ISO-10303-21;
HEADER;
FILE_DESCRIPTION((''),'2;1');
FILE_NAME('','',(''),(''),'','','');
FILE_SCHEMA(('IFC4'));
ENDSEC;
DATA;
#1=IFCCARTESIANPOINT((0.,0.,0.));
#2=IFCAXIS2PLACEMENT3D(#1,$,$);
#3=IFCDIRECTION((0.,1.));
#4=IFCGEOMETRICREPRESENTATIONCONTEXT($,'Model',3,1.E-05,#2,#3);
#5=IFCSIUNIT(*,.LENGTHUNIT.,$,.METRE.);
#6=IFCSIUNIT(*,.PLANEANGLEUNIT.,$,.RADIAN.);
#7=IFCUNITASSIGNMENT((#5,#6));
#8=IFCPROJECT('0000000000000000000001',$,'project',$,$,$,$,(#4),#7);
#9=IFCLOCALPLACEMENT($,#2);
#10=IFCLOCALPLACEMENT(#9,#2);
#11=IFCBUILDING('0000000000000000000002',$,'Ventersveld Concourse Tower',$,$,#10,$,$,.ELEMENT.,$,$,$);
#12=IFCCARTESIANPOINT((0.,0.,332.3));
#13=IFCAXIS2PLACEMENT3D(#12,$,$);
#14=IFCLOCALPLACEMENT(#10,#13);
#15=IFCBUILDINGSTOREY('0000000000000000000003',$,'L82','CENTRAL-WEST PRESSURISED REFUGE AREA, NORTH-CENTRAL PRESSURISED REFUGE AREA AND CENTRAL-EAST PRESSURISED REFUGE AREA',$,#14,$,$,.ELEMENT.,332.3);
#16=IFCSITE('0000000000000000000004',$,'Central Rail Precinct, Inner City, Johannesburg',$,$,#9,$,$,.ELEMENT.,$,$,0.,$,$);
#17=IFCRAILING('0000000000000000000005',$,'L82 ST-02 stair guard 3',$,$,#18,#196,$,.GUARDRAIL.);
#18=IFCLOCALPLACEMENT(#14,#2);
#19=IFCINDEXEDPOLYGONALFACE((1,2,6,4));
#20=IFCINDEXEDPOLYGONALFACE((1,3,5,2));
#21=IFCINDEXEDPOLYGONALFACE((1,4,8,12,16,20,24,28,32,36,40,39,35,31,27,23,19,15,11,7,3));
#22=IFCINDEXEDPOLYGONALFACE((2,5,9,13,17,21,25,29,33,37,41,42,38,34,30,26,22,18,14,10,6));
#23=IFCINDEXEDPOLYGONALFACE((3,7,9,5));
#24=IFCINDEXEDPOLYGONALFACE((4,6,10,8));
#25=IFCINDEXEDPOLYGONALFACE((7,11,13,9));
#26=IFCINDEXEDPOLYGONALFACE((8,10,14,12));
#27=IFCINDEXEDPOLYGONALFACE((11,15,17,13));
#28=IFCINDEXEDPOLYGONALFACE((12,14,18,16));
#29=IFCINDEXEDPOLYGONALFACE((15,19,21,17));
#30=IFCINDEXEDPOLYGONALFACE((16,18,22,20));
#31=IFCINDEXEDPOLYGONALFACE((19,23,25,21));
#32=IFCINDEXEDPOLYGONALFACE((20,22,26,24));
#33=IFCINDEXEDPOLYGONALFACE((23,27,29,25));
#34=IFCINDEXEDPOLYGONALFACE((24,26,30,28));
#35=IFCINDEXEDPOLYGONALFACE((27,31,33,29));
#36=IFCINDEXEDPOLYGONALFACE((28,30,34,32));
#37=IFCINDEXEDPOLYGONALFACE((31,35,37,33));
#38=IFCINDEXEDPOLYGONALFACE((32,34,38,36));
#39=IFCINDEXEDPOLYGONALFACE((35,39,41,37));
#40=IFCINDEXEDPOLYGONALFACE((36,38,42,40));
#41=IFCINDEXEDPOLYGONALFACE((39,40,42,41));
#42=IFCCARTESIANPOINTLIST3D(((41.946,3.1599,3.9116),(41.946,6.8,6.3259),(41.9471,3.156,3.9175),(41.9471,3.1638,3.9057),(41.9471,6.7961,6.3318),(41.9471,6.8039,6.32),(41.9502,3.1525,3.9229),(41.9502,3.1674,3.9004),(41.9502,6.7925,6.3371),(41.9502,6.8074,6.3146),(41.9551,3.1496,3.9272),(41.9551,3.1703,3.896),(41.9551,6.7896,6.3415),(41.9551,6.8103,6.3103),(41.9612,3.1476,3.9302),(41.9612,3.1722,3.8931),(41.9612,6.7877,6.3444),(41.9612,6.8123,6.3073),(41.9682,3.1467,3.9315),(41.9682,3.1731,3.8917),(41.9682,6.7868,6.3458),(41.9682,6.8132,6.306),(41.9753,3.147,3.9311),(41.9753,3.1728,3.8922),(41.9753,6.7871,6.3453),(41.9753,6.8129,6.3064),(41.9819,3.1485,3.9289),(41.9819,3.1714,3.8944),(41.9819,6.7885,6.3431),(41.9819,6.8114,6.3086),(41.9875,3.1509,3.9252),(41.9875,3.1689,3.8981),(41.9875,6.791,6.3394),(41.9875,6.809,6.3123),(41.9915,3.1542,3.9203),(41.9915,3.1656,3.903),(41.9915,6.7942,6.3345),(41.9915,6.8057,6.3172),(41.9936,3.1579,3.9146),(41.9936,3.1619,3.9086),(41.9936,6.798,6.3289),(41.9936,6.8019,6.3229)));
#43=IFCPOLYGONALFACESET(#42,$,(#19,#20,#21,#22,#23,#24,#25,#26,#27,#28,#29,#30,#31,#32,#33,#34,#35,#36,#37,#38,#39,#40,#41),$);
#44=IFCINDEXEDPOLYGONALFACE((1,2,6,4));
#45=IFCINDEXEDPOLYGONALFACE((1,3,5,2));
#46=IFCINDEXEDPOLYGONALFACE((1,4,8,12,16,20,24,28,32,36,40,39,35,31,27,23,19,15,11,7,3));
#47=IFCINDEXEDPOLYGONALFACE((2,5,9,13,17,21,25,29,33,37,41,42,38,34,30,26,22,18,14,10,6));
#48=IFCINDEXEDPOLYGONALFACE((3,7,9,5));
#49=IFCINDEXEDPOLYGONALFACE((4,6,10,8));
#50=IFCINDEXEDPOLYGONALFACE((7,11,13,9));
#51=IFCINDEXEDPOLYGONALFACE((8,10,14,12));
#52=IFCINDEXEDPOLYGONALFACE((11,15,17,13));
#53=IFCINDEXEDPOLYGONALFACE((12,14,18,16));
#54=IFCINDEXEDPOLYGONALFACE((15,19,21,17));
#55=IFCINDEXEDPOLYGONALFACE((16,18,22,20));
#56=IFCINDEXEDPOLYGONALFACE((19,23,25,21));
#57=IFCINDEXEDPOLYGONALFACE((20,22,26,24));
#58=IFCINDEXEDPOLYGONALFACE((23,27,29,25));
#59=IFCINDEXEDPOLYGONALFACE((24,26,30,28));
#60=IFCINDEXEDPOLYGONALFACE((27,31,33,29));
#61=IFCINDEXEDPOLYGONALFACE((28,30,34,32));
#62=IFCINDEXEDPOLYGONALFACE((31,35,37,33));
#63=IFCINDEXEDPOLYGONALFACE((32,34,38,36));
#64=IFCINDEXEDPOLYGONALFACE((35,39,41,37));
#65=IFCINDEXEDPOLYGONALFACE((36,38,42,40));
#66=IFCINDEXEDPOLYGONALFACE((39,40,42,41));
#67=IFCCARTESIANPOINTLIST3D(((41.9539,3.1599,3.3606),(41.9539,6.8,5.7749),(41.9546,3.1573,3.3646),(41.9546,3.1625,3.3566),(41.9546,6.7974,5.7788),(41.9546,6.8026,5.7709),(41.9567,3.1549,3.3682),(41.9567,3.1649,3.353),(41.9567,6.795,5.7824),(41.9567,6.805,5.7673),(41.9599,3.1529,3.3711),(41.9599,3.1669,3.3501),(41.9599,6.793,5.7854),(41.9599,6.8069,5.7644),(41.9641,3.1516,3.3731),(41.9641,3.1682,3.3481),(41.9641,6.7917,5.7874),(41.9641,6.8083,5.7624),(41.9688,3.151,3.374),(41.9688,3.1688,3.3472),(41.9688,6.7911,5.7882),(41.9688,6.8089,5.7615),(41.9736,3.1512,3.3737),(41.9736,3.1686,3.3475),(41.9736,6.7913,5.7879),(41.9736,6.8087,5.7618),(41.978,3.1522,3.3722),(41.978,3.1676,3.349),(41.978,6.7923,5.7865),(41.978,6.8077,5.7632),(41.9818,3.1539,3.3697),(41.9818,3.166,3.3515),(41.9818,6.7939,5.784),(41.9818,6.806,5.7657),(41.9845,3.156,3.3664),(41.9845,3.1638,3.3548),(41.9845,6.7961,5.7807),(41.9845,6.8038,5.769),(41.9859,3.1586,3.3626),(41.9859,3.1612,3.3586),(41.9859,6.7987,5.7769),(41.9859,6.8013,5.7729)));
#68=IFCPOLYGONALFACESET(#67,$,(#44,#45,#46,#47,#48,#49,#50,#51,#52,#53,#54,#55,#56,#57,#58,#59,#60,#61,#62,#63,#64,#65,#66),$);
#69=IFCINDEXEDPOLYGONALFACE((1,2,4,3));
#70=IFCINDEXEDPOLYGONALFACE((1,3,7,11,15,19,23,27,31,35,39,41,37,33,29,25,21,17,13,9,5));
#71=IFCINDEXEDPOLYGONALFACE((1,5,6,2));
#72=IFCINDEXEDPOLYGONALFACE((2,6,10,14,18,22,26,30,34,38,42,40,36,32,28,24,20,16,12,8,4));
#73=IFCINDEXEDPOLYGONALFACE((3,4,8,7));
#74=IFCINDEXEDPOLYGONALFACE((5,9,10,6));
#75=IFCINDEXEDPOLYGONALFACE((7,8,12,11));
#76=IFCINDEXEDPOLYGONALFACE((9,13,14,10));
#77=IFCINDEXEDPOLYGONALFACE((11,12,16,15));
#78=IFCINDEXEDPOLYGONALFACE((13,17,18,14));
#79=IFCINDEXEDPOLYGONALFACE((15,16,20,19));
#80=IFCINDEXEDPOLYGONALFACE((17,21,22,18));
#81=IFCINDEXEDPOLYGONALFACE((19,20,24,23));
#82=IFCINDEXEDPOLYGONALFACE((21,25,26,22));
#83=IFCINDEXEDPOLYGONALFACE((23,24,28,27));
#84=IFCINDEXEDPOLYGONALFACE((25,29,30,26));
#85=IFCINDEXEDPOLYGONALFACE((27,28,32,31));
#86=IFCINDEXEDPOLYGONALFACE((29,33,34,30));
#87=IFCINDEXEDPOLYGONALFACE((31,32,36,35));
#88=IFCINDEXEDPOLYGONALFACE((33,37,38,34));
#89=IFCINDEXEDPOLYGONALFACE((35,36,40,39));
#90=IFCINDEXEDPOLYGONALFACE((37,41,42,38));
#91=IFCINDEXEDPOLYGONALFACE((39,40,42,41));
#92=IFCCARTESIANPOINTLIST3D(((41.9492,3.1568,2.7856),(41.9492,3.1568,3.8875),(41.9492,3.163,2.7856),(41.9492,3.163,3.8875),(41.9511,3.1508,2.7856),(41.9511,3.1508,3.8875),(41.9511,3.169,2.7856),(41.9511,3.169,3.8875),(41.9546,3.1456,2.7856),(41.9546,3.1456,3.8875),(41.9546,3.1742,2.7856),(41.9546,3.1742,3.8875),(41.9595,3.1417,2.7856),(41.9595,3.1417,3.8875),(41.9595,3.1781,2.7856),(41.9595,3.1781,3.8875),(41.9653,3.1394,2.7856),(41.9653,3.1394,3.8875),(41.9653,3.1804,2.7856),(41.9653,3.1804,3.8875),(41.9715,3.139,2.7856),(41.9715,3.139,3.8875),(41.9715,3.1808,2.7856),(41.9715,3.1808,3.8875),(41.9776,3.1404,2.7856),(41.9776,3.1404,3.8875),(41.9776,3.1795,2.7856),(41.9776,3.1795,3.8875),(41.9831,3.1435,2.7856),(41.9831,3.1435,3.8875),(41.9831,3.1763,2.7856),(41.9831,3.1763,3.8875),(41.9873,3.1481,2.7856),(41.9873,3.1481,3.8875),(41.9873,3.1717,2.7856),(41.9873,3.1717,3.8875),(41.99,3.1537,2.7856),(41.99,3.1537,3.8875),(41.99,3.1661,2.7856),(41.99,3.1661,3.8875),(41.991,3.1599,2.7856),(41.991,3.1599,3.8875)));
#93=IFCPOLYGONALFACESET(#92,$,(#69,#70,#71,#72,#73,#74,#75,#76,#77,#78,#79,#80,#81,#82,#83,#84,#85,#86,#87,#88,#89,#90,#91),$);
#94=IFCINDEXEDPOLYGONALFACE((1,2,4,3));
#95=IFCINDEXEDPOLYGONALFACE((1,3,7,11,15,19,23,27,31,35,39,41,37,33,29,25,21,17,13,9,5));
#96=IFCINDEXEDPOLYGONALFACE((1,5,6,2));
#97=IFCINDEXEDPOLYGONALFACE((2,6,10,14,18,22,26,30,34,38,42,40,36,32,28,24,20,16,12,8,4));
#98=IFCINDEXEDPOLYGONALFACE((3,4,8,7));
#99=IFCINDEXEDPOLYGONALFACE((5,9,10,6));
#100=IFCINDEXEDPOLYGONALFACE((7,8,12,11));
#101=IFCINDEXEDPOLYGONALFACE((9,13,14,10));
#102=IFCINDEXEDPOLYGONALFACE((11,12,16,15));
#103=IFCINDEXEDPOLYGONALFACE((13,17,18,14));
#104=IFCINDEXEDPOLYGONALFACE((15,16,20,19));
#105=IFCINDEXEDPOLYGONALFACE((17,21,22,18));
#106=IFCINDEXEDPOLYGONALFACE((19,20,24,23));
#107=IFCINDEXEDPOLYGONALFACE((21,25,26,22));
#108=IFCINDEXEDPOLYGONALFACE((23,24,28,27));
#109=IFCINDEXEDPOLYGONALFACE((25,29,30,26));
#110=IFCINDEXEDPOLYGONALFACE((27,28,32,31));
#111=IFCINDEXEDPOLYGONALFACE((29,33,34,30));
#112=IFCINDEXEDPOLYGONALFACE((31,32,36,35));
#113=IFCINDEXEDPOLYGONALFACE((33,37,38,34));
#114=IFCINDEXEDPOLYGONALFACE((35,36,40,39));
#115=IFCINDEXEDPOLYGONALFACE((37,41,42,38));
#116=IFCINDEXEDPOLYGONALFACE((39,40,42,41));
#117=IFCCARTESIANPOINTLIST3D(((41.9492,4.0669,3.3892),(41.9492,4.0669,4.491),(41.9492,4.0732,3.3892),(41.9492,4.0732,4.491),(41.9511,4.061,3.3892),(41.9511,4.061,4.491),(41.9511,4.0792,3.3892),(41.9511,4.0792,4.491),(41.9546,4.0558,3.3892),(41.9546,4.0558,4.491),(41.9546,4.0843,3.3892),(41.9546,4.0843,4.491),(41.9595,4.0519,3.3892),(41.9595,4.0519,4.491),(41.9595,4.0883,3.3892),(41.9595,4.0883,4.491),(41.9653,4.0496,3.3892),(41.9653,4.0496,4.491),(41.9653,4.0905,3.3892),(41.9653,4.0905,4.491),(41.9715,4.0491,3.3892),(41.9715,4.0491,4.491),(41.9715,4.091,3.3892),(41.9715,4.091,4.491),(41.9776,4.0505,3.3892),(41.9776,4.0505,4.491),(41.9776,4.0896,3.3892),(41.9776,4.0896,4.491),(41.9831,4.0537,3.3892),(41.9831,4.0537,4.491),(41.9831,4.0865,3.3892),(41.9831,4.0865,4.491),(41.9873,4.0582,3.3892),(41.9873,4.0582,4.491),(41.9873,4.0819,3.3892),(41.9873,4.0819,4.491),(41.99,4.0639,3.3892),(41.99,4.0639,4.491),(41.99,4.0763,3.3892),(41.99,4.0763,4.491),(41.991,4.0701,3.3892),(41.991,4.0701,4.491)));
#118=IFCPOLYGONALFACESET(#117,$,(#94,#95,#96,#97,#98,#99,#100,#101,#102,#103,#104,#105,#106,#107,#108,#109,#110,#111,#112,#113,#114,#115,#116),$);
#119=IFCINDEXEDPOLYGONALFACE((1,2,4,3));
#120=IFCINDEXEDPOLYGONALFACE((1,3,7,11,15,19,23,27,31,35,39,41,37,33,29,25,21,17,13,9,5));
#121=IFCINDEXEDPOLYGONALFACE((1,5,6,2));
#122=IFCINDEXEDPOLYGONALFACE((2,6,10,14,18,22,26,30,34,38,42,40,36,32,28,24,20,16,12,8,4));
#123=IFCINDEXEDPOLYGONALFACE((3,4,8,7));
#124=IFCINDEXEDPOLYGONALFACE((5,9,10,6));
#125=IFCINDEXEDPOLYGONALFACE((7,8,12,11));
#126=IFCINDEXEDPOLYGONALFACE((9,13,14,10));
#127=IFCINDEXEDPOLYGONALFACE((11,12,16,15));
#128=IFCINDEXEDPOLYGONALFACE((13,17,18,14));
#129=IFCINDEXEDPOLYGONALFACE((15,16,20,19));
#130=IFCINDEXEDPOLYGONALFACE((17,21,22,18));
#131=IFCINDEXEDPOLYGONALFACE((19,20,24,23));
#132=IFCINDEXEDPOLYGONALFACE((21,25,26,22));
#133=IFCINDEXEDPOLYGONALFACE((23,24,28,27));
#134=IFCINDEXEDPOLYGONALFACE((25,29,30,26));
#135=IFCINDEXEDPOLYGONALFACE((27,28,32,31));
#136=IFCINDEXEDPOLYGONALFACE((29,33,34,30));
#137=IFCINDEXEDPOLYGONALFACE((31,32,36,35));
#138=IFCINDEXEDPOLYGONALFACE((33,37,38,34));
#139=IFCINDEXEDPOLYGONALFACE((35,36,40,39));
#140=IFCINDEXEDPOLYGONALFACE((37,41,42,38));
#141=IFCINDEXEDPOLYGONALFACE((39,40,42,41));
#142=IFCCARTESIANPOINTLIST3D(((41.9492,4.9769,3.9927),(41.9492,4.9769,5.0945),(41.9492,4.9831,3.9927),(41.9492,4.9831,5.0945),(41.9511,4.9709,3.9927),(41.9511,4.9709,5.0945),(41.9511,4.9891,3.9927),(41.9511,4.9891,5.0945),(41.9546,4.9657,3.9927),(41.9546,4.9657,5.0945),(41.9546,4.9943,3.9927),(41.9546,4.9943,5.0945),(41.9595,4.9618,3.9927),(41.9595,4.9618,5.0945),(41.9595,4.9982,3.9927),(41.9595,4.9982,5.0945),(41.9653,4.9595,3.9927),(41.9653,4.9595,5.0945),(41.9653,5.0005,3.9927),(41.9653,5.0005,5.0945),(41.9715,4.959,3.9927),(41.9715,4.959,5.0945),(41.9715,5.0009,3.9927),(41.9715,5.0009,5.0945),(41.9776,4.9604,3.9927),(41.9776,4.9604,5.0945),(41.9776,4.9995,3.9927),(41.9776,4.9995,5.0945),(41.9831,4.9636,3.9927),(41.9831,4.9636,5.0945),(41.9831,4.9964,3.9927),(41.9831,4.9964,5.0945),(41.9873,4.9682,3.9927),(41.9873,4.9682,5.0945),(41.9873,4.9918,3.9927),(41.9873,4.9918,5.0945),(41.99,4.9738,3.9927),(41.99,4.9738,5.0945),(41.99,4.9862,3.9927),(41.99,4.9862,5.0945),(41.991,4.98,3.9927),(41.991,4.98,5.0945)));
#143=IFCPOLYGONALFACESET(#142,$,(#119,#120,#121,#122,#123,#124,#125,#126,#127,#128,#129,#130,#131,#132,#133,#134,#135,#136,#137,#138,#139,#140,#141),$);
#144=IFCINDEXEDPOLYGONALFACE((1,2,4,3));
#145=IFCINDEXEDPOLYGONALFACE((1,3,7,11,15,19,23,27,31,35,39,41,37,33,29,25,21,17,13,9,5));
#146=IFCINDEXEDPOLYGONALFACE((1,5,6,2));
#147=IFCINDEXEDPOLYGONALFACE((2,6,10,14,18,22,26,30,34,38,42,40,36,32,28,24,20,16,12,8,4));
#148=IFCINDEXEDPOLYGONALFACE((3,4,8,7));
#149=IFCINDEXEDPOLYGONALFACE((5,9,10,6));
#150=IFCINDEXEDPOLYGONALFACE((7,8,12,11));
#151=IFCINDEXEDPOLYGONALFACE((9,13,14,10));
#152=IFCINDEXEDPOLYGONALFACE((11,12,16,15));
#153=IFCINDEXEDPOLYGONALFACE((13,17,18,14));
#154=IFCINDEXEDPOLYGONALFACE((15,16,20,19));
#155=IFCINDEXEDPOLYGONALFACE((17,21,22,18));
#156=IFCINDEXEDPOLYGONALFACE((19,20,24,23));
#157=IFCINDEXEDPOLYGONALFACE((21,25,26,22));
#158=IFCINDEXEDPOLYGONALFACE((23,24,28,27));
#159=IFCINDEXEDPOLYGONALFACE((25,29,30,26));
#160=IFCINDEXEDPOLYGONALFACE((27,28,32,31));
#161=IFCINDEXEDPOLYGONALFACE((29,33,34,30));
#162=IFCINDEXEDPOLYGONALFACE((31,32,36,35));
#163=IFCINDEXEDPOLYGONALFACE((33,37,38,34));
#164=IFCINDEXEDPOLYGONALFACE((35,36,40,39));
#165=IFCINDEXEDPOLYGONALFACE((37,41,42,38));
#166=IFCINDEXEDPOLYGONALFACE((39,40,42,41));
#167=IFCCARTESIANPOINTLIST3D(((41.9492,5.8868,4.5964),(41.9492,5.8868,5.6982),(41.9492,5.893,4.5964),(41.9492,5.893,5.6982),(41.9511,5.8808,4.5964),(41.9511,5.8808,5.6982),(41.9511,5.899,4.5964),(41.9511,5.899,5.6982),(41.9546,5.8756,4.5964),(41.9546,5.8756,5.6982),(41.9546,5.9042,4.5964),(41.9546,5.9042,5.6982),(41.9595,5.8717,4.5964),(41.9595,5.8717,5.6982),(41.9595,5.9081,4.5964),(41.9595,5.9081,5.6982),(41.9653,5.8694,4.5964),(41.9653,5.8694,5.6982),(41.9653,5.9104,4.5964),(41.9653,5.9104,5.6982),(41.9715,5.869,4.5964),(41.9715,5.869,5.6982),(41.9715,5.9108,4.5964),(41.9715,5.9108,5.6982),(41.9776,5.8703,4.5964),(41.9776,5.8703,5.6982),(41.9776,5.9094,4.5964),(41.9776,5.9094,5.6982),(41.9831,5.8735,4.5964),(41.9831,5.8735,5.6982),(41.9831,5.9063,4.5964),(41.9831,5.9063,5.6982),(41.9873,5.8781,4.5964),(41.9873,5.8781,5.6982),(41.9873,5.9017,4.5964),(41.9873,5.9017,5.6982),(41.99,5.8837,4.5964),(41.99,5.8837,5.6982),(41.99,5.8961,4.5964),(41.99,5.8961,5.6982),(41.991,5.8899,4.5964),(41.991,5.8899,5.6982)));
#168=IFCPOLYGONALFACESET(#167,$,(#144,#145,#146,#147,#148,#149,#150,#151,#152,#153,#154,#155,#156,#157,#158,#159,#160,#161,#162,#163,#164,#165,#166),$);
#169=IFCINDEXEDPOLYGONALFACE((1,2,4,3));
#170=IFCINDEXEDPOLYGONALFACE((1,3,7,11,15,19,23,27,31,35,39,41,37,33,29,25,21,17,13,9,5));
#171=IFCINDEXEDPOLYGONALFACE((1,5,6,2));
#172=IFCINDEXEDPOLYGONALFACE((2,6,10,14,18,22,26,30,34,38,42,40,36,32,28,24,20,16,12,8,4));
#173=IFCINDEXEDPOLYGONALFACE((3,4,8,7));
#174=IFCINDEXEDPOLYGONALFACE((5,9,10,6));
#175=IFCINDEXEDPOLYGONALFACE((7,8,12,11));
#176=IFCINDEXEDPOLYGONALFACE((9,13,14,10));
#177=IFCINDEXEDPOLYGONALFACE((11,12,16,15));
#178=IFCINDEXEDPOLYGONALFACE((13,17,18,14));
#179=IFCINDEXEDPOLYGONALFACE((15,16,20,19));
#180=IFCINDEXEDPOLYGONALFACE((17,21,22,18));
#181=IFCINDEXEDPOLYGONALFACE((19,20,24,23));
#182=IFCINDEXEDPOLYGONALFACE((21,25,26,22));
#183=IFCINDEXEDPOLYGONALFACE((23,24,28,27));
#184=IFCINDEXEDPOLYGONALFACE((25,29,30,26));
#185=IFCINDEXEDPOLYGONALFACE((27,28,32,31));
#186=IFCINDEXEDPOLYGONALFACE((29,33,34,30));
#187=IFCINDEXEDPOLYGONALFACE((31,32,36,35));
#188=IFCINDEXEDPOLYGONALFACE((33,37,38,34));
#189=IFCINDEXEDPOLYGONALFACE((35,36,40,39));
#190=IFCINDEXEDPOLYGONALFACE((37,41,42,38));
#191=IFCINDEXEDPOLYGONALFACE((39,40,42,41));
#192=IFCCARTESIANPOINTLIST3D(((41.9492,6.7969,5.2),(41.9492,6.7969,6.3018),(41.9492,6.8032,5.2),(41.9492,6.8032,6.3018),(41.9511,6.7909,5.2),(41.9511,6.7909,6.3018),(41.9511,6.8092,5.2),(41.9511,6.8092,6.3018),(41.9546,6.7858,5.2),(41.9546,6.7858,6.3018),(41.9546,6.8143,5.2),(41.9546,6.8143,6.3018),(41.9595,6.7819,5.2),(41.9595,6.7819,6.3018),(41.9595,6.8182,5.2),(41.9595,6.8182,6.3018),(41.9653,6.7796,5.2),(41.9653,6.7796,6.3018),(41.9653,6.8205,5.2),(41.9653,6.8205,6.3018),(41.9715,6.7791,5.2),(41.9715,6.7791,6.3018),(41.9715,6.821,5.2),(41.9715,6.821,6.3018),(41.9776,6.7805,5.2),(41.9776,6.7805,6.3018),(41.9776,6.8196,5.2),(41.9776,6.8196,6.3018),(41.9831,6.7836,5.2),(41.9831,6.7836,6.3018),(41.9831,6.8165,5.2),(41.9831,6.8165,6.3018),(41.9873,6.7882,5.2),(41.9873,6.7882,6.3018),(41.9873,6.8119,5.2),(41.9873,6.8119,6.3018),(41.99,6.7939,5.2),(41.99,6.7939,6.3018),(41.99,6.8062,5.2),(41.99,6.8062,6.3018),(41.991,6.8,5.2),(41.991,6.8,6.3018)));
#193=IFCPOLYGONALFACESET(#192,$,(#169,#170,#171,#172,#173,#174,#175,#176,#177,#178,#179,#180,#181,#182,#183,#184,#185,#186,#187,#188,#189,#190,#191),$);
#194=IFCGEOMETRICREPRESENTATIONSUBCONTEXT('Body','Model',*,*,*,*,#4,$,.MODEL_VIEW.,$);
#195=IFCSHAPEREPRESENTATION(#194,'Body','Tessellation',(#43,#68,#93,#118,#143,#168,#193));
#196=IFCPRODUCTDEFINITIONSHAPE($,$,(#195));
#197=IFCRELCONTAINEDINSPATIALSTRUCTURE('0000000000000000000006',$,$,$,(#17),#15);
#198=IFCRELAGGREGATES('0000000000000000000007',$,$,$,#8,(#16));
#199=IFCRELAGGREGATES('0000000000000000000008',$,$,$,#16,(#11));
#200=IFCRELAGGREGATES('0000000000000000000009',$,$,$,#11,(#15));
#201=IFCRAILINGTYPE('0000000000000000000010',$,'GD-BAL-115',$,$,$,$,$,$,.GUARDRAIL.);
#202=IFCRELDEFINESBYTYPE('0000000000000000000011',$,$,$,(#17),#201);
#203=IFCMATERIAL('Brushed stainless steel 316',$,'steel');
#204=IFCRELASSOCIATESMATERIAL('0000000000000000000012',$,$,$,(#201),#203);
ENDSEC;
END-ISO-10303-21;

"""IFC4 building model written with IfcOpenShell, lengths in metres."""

from ifc_helpers import new_model, si_unit, direction, frame, origin, origin_2d, place, context, subcontext, project, spatial, circle, extrude, material, type_object, element, save


model = new_model("IFC4")

# Units and contexts
model_context = context("Model", 3, precision=1e-05, world=origin(), true_north=direction((0.0, 1.0)))
body_context = subcontext(model_context, "Body", "Model", "MODEL_VIEW")
ifc_project = project(units=[si_unit("LENGTHUNIT", "METRE"), si_unit("PLANEANGLEUNIT", "RADIAN")], contexts=[model_context])

# Site, building, storey
site_placement = place(None, origin())
site = spatial("IfcSite", under=ifc_project, at=site_placement, Name="Central Rail Precinct, Inner City, Johannesburg", CompositionType="ELEMENT", RefElevation=0.0)
building_placement = place(site_placement, origin())
building = spatial("IfcBuilding", under=site, at=building_placement, Name="Ventersveld Concourse Tower", CompositionType="ELEMENT")
storey_placement = place(building_placement, frame((0.0, 0.0, 332.3)))
storey = spatial("IfcBuildingStorey", under=building, at=storey_placement, Name="L82", Description="CENTRAL-WEST PRESSURISED REFUGE AREA, NORTH-CENTRAL PRESSURISED REFUGE AREA AND CENTRAL-EAST PRESSURISED REFUGE AREA", CompositionType="ELEMENT", Elevation=332.3)

# Railing
ifc_material_1 = material(Name="Brushed stainless steel 316", Category="steel")
railing_type_1 = type_object("IfcRailingType", Name="GD-BAL-115", PredefinedType="GUARDRAIL", material=ifc_material_1)
railing_1_placement = place(storey_placement, frame((41.97, 3.1599, 2.7856)))
element("IfcRailing", 1, at=railing_1_placement, inside=storey, type_object=railing_type_1, Name="L82 ST-02 stair guard 3", PredefinedType="GUARDRAIL", context=body_context, shape_type="SweptSolid", body=[
    extrude(circle(Radius=0.0239, at=origin_2d()), frame((0.0, 0.0, 1.126), z_axis=(0.0, 0.833364, 0.552725), x_axis=(-1.0, 0.0, 0.0)), (0.0, 0.0, 1.0), 4.3679),
    extrude(circle(Radius=0.0161, at=origin_2d()), frame((0.0, 0.0, 0.575), z_axis=(0.0, 0.833364, 0.552725), x_axis=(-1.0, 0.0, 0.0)), (0.0, 0.0, 1.0), 4.3679),
    extrude(circle(Radius=0.021, at=origin_2d()), origin(), (0.0, 0.0, 1.0), 1.1018),
    extrude(circle(Radius=0.021, at=origin_2d()), frame((0.0, 0.9102, 0.6035)), (0.0, 0.0, 1.0), 1.1018),
    extrude(circle(Radius=0.021, at=origin_2d()), frame((0.0, 1.8201, 1.207)), (0.0, 0.0, 1.0), 1.1018),
    extrude(circle(Radius=0.021, at=origin_2d()), frame((0.0, 2.73, 1.8108)), (0.0, 0.0, 1.0), 1.1018),
    extrude(circle(Radius=0.021, at=origin_2d()), frame((0.0, 3.6401, 2.4143)), (0.0, 0.0, 1.0), 1.1018),
])

save(model, "model.ifc")
